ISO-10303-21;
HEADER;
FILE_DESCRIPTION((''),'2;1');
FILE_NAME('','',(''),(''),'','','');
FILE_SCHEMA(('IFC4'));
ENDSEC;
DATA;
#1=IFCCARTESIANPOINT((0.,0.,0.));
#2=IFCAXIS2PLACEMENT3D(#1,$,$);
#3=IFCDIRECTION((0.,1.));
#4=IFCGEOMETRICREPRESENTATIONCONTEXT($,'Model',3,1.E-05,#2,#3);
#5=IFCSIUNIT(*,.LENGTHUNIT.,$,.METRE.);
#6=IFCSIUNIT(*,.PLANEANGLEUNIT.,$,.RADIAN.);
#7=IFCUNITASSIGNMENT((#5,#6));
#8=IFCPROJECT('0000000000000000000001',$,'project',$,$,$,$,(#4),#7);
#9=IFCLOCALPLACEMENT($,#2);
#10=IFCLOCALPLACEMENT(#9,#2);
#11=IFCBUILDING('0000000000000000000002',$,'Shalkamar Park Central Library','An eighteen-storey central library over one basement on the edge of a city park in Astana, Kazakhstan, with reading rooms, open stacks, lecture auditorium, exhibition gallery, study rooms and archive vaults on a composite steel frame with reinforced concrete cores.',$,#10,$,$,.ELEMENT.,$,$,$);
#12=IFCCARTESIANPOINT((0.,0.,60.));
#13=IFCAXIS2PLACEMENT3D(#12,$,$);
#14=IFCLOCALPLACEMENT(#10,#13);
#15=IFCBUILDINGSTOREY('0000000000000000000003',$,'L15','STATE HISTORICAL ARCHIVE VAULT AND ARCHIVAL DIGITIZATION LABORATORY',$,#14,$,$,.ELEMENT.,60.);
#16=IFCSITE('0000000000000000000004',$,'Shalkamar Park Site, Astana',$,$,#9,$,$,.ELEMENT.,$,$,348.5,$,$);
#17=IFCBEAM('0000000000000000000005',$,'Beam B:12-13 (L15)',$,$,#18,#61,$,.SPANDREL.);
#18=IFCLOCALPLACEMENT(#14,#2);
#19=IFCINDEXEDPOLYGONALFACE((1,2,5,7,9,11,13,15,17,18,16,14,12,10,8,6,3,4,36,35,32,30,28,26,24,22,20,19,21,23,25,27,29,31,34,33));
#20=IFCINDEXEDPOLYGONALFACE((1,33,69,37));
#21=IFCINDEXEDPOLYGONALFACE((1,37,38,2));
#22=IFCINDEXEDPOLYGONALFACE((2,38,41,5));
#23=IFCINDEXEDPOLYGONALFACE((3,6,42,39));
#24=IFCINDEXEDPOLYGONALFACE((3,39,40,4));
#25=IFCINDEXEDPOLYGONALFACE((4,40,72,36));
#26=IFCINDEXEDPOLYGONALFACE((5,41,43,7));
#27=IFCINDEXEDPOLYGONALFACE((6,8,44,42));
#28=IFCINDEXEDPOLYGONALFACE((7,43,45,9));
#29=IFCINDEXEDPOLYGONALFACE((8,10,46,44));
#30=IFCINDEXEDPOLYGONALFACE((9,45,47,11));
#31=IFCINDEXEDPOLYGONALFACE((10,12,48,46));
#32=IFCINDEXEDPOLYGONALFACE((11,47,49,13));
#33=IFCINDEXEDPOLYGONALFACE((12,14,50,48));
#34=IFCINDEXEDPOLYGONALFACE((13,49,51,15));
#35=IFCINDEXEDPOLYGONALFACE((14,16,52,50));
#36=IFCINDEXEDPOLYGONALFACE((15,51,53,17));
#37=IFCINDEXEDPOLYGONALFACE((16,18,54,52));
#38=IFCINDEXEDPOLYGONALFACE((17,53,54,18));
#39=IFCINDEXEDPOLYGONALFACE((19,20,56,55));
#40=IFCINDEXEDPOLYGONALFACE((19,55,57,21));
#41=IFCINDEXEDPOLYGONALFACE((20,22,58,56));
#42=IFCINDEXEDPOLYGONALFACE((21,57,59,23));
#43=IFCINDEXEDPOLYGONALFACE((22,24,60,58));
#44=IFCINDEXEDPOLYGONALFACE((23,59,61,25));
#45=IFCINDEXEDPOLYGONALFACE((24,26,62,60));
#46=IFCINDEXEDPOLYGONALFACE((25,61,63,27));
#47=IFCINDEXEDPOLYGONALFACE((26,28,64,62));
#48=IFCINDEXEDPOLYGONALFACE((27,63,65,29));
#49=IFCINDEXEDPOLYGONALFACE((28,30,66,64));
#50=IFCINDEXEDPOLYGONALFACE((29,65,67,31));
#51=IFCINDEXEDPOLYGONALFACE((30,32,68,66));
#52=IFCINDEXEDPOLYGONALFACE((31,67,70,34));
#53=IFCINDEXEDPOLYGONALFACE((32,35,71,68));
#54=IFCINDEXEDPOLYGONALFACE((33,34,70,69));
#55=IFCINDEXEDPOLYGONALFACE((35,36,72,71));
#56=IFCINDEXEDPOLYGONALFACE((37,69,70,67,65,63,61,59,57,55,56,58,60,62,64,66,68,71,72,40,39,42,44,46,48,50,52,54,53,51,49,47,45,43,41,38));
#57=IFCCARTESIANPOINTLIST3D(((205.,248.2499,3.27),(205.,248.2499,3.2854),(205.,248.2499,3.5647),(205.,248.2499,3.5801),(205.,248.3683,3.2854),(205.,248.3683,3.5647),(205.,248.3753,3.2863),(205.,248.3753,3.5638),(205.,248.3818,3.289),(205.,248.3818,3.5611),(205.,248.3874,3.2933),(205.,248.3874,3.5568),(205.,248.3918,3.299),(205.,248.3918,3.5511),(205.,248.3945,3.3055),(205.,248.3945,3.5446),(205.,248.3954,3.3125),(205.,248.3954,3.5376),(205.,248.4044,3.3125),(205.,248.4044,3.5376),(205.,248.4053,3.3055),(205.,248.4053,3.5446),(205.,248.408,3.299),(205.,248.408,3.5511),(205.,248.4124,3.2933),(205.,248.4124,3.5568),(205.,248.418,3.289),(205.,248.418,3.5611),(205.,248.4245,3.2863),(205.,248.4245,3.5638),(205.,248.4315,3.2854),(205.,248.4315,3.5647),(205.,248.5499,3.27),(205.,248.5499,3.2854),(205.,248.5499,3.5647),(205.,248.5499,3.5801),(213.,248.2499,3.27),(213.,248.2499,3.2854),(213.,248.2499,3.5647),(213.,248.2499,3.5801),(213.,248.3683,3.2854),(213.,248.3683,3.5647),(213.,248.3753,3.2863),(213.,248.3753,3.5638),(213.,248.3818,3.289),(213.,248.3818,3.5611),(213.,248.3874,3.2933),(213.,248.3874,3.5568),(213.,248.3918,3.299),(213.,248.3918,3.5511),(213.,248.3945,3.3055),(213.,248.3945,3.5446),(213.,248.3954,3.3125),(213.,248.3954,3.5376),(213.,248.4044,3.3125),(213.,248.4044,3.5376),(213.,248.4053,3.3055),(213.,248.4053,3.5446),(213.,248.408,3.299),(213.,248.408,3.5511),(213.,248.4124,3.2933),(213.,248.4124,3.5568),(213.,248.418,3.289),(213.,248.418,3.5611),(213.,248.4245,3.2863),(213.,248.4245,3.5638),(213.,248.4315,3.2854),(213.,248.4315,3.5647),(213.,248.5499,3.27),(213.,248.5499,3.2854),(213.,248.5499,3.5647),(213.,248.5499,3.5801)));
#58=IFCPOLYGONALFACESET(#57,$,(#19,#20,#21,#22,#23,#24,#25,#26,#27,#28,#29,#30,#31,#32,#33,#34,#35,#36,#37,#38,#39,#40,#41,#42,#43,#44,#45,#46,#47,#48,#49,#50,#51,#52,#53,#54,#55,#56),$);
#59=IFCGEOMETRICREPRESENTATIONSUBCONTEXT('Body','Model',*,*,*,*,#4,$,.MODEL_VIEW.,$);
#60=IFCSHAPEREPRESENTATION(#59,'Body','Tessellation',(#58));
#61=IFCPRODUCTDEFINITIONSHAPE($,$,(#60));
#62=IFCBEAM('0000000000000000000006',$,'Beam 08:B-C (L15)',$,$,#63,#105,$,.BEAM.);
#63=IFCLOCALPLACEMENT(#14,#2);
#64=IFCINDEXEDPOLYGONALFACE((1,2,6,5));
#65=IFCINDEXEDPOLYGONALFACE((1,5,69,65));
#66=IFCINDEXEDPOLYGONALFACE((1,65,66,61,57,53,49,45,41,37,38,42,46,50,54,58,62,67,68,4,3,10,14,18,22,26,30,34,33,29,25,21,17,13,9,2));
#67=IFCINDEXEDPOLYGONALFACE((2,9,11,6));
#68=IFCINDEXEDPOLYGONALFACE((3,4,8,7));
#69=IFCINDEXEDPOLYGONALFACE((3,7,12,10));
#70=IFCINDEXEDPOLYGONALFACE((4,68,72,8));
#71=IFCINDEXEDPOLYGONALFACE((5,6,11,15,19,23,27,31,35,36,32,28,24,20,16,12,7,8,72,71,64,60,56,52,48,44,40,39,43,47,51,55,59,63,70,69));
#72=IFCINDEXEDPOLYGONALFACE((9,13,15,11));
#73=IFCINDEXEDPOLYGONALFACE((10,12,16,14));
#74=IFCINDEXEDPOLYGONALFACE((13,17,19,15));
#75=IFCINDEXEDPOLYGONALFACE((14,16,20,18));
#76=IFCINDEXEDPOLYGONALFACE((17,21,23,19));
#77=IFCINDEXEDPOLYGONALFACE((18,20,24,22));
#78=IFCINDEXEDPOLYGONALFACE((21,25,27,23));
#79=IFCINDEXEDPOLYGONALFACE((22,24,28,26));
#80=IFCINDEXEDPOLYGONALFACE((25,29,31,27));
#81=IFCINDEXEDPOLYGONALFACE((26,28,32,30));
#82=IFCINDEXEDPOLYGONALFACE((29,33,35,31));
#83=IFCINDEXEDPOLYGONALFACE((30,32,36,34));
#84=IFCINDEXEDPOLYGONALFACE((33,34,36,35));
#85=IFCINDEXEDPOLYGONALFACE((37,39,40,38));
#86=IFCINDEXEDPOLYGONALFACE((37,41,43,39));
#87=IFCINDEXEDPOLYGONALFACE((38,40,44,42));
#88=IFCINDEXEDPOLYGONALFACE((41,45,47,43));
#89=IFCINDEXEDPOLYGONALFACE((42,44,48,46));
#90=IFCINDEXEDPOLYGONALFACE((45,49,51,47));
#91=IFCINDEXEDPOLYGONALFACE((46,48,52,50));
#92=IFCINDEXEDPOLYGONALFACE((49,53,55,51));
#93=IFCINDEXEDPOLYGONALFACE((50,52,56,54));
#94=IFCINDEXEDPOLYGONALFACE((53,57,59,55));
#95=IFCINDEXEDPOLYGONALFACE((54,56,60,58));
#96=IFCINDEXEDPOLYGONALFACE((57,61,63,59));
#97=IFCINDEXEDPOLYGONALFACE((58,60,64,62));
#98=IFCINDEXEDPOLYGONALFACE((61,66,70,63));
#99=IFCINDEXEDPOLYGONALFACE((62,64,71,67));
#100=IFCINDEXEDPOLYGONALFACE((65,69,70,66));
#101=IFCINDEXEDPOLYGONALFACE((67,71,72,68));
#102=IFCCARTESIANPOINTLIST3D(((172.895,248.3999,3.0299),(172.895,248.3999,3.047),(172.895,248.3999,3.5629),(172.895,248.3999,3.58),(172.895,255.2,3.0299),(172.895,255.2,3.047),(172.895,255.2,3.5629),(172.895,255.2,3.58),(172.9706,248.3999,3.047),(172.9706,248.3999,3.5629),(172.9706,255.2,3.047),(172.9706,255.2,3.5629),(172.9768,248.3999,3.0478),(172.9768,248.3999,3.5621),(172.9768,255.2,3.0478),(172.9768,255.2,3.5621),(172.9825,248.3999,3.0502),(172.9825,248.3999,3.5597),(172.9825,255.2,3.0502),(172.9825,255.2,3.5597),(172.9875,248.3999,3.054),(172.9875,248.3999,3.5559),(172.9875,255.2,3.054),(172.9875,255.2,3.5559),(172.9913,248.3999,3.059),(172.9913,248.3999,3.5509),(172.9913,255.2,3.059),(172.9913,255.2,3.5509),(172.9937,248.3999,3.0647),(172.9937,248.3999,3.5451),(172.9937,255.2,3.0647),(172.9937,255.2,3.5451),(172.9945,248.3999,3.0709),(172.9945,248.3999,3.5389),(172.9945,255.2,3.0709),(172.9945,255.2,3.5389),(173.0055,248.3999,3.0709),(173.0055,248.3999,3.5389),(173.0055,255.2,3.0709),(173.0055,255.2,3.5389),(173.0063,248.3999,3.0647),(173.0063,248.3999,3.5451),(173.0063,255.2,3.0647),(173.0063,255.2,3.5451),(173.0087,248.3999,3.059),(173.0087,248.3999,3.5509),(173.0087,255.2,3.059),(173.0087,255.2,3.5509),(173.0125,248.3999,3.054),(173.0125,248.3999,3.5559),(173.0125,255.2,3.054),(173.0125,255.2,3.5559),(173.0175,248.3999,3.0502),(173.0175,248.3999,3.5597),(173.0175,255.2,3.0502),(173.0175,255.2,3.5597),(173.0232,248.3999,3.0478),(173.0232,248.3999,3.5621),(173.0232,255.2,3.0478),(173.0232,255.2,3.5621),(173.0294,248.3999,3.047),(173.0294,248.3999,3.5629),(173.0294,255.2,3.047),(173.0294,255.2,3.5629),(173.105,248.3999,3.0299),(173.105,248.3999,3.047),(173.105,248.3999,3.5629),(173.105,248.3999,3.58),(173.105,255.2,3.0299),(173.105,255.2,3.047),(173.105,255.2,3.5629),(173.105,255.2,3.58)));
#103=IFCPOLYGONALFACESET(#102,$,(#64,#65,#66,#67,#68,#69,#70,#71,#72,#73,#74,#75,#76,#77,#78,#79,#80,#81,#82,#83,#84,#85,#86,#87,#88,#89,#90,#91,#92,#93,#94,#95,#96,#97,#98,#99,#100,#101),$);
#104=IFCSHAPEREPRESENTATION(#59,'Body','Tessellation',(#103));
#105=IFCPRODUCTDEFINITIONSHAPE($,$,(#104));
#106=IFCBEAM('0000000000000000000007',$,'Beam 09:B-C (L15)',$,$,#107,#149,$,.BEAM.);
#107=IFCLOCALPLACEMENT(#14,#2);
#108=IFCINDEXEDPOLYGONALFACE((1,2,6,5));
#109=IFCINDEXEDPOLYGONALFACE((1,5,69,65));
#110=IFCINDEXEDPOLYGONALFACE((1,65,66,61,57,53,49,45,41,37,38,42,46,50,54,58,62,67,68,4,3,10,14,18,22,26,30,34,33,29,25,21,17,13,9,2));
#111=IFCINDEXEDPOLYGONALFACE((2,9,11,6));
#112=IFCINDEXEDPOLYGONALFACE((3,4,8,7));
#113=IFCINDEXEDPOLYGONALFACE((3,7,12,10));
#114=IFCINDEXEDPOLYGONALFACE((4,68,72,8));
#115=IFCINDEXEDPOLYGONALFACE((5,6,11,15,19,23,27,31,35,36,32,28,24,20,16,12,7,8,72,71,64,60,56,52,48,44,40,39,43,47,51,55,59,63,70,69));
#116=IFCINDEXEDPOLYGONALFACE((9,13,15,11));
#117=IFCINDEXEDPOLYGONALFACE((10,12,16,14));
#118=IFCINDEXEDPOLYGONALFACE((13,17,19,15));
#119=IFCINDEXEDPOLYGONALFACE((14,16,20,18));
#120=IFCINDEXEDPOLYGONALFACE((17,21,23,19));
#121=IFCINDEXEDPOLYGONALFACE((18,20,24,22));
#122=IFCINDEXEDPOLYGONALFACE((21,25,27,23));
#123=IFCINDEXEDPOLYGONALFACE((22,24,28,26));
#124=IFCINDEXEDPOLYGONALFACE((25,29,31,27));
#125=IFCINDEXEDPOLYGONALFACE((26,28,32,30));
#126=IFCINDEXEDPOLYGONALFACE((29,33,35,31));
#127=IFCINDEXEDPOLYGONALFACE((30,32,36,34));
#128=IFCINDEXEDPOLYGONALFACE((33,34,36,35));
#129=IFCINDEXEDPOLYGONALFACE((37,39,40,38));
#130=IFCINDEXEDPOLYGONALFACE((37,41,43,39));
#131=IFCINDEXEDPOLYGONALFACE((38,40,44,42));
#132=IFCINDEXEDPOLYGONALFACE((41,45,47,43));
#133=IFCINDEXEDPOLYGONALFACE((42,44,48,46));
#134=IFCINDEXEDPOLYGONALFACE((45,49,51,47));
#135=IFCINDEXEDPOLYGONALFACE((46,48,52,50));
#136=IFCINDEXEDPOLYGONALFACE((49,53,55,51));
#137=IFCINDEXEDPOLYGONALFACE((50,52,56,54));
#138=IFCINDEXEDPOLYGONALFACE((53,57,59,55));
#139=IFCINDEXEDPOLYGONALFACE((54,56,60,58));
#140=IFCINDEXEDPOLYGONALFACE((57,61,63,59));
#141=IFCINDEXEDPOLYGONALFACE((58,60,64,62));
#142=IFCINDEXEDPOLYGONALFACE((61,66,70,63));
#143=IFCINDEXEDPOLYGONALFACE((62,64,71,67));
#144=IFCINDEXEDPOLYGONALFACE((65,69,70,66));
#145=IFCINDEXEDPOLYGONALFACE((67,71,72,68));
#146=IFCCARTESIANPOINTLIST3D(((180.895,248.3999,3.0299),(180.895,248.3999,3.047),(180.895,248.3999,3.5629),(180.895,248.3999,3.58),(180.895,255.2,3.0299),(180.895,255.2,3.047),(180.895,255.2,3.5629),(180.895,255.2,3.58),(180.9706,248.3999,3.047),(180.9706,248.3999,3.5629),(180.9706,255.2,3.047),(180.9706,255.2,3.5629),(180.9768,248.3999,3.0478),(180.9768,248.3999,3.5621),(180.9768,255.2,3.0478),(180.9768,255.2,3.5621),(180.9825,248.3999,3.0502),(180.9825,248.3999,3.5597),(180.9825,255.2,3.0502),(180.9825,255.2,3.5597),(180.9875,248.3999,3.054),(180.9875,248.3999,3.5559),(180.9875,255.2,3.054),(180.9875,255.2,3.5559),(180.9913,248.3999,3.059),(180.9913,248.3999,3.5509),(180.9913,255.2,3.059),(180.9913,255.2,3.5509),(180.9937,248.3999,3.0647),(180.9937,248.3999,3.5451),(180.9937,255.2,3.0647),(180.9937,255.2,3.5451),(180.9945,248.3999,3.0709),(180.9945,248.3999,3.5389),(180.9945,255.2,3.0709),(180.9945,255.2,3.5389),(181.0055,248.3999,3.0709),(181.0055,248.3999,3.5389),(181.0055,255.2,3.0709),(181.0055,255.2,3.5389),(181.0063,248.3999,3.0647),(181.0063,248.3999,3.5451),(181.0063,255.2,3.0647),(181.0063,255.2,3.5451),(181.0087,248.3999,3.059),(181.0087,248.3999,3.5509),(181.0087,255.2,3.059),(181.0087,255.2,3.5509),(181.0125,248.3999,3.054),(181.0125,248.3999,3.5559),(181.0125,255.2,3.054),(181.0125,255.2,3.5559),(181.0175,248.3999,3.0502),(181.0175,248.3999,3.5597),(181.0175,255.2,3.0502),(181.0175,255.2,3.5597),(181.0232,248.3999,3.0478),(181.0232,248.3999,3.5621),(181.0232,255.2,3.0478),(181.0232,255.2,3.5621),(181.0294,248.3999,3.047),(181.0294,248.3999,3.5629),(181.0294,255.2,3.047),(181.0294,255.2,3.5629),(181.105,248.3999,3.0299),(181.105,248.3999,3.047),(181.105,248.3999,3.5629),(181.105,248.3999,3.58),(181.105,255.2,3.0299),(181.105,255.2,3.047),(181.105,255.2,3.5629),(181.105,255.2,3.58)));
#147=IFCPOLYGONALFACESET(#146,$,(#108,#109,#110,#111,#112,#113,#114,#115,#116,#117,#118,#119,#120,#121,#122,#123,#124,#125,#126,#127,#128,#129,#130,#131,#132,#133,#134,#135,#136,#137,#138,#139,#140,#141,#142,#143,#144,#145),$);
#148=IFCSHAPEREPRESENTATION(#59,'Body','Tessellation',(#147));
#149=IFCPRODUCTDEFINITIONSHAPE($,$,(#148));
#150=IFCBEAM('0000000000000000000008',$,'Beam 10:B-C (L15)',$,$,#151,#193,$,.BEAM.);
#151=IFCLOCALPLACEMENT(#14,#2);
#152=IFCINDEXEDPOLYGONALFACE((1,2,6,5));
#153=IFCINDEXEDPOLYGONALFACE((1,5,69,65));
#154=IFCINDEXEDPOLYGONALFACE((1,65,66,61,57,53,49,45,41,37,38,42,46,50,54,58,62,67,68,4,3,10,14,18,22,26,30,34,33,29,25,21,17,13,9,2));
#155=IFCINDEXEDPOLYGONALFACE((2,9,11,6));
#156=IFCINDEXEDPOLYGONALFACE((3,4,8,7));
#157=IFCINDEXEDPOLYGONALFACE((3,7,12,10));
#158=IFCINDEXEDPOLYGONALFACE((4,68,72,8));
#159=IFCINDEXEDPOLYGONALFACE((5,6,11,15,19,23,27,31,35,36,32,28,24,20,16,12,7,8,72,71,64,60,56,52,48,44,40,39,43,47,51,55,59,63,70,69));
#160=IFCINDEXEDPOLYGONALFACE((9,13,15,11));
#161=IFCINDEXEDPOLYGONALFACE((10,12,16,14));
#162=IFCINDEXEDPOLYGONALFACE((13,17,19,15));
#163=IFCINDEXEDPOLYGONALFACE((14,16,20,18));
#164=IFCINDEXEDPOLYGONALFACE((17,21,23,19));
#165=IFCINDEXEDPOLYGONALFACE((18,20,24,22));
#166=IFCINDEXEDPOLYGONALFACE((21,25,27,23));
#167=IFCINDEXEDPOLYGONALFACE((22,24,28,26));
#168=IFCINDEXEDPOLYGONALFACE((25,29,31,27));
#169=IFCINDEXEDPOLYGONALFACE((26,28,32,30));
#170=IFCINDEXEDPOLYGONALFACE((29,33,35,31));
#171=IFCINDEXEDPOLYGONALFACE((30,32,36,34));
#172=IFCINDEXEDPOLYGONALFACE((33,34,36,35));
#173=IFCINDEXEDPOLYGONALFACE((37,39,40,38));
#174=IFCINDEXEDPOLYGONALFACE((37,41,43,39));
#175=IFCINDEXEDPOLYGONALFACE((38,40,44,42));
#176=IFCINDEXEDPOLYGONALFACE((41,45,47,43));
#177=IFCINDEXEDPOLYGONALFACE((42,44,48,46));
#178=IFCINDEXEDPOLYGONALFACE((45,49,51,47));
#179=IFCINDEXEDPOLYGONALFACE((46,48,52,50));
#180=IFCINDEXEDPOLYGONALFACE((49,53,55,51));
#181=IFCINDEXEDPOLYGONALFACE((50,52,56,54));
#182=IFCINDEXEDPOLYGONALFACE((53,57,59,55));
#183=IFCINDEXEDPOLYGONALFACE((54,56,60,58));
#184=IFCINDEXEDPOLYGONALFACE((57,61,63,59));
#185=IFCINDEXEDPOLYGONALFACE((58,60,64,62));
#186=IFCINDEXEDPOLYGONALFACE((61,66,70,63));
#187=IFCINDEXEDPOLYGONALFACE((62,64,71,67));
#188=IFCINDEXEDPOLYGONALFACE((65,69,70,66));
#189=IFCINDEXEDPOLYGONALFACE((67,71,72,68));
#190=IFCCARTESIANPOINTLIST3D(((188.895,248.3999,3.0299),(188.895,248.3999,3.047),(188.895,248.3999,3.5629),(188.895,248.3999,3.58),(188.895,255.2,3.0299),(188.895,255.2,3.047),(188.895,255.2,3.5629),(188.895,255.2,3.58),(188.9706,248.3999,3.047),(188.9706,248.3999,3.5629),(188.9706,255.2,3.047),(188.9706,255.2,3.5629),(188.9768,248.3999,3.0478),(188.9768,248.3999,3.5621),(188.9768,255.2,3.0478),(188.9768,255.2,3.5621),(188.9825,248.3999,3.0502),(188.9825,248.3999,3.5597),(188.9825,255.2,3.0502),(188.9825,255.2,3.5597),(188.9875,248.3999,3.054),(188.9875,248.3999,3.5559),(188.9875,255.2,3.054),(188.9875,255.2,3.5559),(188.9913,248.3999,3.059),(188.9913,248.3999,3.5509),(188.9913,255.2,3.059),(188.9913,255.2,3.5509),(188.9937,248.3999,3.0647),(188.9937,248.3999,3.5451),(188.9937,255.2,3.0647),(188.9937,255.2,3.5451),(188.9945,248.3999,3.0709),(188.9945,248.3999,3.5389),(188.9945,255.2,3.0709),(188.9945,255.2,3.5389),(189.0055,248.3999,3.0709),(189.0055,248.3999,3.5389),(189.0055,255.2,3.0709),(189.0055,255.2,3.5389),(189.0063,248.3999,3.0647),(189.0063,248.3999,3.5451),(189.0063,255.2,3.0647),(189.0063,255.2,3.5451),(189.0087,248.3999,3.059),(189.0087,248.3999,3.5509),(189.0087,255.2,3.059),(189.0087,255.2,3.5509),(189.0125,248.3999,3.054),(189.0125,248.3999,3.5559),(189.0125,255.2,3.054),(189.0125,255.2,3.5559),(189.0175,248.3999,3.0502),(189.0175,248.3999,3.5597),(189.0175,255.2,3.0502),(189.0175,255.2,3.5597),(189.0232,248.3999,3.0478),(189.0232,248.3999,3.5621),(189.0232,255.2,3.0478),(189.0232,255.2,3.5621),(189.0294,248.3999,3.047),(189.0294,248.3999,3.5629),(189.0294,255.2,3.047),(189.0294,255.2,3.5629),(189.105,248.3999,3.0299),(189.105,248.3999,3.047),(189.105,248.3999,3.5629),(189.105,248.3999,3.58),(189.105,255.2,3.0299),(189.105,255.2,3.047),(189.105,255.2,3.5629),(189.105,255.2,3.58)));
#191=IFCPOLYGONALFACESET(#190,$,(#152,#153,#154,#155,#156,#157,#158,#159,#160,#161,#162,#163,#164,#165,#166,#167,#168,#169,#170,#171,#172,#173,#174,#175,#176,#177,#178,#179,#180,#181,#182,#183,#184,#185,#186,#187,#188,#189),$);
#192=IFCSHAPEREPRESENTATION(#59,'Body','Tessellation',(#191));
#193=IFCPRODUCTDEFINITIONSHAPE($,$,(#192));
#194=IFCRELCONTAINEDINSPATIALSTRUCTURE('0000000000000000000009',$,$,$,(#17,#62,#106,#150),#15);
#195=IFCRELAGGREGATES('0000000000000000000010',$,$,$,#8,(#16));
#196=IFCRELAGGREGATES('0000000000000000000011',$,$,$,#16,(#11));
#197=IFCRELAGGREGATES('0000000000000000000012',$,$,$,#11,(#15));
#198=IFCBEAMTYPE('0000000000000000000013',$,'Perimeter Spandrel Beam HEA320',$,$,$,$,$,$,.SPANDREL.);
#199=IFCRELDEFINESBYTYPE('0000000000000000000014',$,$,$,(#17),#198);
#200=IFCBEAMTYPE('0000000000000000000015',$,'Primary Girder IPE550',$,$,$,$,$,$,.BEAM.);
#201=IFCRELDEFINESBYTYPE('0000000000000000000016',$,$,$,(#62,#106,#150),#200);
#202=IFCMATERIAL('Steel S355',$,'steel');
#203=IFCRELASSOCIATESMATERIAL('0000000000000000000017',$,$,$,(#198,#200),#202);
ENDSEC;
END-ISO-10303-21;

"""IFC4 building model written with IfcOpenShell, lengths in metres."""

from ifc_helpers import new_model, si_unit, direction, frame, origin, origin_2d, place, context, subcontext, project, spatial, i_section, extrude, material, material_profile, profile_set, type_object, element, save


model = new_model("IFC4")

# Units and contexts
model_context = context("Model", 3, precision=1e-05, world=origin(), true_north=direction((0.0, 1.0)))
body_context = subcontext(model_context, "Body", "Model", "MODEL_VIEW")
ifc_project = project(units=[si_unit("LENGTHUNIT", "METRE"), si_unit("PLANEANGLEUNIT", "RADIAN")], contexts=[model_context])

# Site, building, storey
site_placement = place(None, origin())
site = spatial("IfcSite", under=ifc_project, at=site_placement, Name="Shalkamar Park Site, Astana", CompositionType="ELEMENT", RefElevation=348.5)
building_placement = place(site_placement, origin())
building = spatial("IfcBuilding", under=site, at=building_placement, Name="Shalkamar Park Central Library", Description="An eighteen-storey central library over one basement on the edge of a city park in Astana, Kazakhstan, with reading rooms, open stacks, lecture auditorium, exhibition gallery, study rooms and archive vaults on a composite steel frame with reinforced concrete cores.", CompositionType="ELEMENT")
storey_placement = place(building_placement, frame((0.0, 0.0, 60.0)))
storey = spatial("IfcBuildingStorey", under=building, at=storey_placement, Name="L15", Description="STATE HISTORICAL ARCHIVE VAULT AND ARCHIVAL DIGITIZATION LABORATORY", CompositionType="ELEMENT", Elevation=60.0)

# Shared definitions
ifc_material_1 = material(Name="Steel S355", Category="steel")

# Beams
ifc_material_profile_1 = material_profile(ifc_material_1, i_section(OverallWidth=0.3, OverallDepth=0.3101, WebThickness=0.009, FlangeThickness=0.0154, FilletRadius=0.0271, at=origin_2d()), Name="HEA 320")
ifc_profile_set_1 = profile_set([ifc_material_profile_1], Name="Steel S355")
beam_type_1 = type_object("IfcBeamType", Name="Perimeter Spandrel Beam HEA320", PredefinedType="SPANDREL", material=ifc_profile_set_1)
for number, where, z_axis, x_axis, name in (
    (1, (205.0, 248.3999, 3.425), (1.0, 0.0, 0.0), (0.0, 1.0, 0.0), "Beam B:12-13 (L15)"),
):
    element("IfcBeam", number, at=place(storey_placement, frame(where, z_axis=z_axis, x_axis=x_axis)), inside=storey, type_object=beam_type_1, Name=name, PredefinedType="SPANDREL", context=body_context, shape_type="SweptSolid", body=[
        extrude(i_section(OverallWidth=0.3, OverallDepth=0.3101, WebThickness=0.009, FlangeThickness=0.0154, FilletRadius=0.0271, at=origin_2d()), origin(), (0.0, 0.0, 1.0), 8.0),
    ])
ifc_material_profile_2 = material_profile(ifc_material_1, i_section(OverallWidth=0.21, OverallDepth=0.55, WebThickness=0.011, FlangeThickness=0.0171, FilletRadius=0.0239, at=origin_2d()), Name="IPE 550")
ifc_profile_set_2 = profile_set([ifc_material_profile_2], Name="Steel S355")
beam_type_2 = type_object("IfcBeamType", Name="Primary Girder IPE550", PredefinedType="BEAM", material=ifc_profile_set_2)
for number, where, z_axis, x_axis, name in (
    (2, (173.0, 248.3999, 3.3049), (0.0, 1.0, 0.0), (-1.0, 0.0, 0.0), "Beam 08:B-C (L15)"),
    (3, (181.0, 248.3999, 3.3049), (0.0, 1.0, 0.0), (-1.0, 0.0, 0.0), "Beam 09:B-C (L15)"),
    (4, (189.0, 248.3999, 3.3049), (0.0, 1.0, 0.0), (-1.0, 0.0, 0.0), "Beam 10:B-C (L15)"),
):
    element("IfcBeam", number, at=place(storey_placement, frame(where, z_axis=z_axis, x_axis=x_axis)), inside=storey, type_object=beam_type_2, Name=name, PredefinedType="BEAM", context=body_context, shape_type="SweptSolid", body=[
        extrude(i_section(OverallWidth=0.21, OverallDepth=0.55, WebThickness=0.011, FlangeThickness=0.0171, FilletRadius=0.0239, at=origin_2d()), origin(), (0.0, 0.0, 1.0), 6.8),
    ])

save(model, "model.ifc")
